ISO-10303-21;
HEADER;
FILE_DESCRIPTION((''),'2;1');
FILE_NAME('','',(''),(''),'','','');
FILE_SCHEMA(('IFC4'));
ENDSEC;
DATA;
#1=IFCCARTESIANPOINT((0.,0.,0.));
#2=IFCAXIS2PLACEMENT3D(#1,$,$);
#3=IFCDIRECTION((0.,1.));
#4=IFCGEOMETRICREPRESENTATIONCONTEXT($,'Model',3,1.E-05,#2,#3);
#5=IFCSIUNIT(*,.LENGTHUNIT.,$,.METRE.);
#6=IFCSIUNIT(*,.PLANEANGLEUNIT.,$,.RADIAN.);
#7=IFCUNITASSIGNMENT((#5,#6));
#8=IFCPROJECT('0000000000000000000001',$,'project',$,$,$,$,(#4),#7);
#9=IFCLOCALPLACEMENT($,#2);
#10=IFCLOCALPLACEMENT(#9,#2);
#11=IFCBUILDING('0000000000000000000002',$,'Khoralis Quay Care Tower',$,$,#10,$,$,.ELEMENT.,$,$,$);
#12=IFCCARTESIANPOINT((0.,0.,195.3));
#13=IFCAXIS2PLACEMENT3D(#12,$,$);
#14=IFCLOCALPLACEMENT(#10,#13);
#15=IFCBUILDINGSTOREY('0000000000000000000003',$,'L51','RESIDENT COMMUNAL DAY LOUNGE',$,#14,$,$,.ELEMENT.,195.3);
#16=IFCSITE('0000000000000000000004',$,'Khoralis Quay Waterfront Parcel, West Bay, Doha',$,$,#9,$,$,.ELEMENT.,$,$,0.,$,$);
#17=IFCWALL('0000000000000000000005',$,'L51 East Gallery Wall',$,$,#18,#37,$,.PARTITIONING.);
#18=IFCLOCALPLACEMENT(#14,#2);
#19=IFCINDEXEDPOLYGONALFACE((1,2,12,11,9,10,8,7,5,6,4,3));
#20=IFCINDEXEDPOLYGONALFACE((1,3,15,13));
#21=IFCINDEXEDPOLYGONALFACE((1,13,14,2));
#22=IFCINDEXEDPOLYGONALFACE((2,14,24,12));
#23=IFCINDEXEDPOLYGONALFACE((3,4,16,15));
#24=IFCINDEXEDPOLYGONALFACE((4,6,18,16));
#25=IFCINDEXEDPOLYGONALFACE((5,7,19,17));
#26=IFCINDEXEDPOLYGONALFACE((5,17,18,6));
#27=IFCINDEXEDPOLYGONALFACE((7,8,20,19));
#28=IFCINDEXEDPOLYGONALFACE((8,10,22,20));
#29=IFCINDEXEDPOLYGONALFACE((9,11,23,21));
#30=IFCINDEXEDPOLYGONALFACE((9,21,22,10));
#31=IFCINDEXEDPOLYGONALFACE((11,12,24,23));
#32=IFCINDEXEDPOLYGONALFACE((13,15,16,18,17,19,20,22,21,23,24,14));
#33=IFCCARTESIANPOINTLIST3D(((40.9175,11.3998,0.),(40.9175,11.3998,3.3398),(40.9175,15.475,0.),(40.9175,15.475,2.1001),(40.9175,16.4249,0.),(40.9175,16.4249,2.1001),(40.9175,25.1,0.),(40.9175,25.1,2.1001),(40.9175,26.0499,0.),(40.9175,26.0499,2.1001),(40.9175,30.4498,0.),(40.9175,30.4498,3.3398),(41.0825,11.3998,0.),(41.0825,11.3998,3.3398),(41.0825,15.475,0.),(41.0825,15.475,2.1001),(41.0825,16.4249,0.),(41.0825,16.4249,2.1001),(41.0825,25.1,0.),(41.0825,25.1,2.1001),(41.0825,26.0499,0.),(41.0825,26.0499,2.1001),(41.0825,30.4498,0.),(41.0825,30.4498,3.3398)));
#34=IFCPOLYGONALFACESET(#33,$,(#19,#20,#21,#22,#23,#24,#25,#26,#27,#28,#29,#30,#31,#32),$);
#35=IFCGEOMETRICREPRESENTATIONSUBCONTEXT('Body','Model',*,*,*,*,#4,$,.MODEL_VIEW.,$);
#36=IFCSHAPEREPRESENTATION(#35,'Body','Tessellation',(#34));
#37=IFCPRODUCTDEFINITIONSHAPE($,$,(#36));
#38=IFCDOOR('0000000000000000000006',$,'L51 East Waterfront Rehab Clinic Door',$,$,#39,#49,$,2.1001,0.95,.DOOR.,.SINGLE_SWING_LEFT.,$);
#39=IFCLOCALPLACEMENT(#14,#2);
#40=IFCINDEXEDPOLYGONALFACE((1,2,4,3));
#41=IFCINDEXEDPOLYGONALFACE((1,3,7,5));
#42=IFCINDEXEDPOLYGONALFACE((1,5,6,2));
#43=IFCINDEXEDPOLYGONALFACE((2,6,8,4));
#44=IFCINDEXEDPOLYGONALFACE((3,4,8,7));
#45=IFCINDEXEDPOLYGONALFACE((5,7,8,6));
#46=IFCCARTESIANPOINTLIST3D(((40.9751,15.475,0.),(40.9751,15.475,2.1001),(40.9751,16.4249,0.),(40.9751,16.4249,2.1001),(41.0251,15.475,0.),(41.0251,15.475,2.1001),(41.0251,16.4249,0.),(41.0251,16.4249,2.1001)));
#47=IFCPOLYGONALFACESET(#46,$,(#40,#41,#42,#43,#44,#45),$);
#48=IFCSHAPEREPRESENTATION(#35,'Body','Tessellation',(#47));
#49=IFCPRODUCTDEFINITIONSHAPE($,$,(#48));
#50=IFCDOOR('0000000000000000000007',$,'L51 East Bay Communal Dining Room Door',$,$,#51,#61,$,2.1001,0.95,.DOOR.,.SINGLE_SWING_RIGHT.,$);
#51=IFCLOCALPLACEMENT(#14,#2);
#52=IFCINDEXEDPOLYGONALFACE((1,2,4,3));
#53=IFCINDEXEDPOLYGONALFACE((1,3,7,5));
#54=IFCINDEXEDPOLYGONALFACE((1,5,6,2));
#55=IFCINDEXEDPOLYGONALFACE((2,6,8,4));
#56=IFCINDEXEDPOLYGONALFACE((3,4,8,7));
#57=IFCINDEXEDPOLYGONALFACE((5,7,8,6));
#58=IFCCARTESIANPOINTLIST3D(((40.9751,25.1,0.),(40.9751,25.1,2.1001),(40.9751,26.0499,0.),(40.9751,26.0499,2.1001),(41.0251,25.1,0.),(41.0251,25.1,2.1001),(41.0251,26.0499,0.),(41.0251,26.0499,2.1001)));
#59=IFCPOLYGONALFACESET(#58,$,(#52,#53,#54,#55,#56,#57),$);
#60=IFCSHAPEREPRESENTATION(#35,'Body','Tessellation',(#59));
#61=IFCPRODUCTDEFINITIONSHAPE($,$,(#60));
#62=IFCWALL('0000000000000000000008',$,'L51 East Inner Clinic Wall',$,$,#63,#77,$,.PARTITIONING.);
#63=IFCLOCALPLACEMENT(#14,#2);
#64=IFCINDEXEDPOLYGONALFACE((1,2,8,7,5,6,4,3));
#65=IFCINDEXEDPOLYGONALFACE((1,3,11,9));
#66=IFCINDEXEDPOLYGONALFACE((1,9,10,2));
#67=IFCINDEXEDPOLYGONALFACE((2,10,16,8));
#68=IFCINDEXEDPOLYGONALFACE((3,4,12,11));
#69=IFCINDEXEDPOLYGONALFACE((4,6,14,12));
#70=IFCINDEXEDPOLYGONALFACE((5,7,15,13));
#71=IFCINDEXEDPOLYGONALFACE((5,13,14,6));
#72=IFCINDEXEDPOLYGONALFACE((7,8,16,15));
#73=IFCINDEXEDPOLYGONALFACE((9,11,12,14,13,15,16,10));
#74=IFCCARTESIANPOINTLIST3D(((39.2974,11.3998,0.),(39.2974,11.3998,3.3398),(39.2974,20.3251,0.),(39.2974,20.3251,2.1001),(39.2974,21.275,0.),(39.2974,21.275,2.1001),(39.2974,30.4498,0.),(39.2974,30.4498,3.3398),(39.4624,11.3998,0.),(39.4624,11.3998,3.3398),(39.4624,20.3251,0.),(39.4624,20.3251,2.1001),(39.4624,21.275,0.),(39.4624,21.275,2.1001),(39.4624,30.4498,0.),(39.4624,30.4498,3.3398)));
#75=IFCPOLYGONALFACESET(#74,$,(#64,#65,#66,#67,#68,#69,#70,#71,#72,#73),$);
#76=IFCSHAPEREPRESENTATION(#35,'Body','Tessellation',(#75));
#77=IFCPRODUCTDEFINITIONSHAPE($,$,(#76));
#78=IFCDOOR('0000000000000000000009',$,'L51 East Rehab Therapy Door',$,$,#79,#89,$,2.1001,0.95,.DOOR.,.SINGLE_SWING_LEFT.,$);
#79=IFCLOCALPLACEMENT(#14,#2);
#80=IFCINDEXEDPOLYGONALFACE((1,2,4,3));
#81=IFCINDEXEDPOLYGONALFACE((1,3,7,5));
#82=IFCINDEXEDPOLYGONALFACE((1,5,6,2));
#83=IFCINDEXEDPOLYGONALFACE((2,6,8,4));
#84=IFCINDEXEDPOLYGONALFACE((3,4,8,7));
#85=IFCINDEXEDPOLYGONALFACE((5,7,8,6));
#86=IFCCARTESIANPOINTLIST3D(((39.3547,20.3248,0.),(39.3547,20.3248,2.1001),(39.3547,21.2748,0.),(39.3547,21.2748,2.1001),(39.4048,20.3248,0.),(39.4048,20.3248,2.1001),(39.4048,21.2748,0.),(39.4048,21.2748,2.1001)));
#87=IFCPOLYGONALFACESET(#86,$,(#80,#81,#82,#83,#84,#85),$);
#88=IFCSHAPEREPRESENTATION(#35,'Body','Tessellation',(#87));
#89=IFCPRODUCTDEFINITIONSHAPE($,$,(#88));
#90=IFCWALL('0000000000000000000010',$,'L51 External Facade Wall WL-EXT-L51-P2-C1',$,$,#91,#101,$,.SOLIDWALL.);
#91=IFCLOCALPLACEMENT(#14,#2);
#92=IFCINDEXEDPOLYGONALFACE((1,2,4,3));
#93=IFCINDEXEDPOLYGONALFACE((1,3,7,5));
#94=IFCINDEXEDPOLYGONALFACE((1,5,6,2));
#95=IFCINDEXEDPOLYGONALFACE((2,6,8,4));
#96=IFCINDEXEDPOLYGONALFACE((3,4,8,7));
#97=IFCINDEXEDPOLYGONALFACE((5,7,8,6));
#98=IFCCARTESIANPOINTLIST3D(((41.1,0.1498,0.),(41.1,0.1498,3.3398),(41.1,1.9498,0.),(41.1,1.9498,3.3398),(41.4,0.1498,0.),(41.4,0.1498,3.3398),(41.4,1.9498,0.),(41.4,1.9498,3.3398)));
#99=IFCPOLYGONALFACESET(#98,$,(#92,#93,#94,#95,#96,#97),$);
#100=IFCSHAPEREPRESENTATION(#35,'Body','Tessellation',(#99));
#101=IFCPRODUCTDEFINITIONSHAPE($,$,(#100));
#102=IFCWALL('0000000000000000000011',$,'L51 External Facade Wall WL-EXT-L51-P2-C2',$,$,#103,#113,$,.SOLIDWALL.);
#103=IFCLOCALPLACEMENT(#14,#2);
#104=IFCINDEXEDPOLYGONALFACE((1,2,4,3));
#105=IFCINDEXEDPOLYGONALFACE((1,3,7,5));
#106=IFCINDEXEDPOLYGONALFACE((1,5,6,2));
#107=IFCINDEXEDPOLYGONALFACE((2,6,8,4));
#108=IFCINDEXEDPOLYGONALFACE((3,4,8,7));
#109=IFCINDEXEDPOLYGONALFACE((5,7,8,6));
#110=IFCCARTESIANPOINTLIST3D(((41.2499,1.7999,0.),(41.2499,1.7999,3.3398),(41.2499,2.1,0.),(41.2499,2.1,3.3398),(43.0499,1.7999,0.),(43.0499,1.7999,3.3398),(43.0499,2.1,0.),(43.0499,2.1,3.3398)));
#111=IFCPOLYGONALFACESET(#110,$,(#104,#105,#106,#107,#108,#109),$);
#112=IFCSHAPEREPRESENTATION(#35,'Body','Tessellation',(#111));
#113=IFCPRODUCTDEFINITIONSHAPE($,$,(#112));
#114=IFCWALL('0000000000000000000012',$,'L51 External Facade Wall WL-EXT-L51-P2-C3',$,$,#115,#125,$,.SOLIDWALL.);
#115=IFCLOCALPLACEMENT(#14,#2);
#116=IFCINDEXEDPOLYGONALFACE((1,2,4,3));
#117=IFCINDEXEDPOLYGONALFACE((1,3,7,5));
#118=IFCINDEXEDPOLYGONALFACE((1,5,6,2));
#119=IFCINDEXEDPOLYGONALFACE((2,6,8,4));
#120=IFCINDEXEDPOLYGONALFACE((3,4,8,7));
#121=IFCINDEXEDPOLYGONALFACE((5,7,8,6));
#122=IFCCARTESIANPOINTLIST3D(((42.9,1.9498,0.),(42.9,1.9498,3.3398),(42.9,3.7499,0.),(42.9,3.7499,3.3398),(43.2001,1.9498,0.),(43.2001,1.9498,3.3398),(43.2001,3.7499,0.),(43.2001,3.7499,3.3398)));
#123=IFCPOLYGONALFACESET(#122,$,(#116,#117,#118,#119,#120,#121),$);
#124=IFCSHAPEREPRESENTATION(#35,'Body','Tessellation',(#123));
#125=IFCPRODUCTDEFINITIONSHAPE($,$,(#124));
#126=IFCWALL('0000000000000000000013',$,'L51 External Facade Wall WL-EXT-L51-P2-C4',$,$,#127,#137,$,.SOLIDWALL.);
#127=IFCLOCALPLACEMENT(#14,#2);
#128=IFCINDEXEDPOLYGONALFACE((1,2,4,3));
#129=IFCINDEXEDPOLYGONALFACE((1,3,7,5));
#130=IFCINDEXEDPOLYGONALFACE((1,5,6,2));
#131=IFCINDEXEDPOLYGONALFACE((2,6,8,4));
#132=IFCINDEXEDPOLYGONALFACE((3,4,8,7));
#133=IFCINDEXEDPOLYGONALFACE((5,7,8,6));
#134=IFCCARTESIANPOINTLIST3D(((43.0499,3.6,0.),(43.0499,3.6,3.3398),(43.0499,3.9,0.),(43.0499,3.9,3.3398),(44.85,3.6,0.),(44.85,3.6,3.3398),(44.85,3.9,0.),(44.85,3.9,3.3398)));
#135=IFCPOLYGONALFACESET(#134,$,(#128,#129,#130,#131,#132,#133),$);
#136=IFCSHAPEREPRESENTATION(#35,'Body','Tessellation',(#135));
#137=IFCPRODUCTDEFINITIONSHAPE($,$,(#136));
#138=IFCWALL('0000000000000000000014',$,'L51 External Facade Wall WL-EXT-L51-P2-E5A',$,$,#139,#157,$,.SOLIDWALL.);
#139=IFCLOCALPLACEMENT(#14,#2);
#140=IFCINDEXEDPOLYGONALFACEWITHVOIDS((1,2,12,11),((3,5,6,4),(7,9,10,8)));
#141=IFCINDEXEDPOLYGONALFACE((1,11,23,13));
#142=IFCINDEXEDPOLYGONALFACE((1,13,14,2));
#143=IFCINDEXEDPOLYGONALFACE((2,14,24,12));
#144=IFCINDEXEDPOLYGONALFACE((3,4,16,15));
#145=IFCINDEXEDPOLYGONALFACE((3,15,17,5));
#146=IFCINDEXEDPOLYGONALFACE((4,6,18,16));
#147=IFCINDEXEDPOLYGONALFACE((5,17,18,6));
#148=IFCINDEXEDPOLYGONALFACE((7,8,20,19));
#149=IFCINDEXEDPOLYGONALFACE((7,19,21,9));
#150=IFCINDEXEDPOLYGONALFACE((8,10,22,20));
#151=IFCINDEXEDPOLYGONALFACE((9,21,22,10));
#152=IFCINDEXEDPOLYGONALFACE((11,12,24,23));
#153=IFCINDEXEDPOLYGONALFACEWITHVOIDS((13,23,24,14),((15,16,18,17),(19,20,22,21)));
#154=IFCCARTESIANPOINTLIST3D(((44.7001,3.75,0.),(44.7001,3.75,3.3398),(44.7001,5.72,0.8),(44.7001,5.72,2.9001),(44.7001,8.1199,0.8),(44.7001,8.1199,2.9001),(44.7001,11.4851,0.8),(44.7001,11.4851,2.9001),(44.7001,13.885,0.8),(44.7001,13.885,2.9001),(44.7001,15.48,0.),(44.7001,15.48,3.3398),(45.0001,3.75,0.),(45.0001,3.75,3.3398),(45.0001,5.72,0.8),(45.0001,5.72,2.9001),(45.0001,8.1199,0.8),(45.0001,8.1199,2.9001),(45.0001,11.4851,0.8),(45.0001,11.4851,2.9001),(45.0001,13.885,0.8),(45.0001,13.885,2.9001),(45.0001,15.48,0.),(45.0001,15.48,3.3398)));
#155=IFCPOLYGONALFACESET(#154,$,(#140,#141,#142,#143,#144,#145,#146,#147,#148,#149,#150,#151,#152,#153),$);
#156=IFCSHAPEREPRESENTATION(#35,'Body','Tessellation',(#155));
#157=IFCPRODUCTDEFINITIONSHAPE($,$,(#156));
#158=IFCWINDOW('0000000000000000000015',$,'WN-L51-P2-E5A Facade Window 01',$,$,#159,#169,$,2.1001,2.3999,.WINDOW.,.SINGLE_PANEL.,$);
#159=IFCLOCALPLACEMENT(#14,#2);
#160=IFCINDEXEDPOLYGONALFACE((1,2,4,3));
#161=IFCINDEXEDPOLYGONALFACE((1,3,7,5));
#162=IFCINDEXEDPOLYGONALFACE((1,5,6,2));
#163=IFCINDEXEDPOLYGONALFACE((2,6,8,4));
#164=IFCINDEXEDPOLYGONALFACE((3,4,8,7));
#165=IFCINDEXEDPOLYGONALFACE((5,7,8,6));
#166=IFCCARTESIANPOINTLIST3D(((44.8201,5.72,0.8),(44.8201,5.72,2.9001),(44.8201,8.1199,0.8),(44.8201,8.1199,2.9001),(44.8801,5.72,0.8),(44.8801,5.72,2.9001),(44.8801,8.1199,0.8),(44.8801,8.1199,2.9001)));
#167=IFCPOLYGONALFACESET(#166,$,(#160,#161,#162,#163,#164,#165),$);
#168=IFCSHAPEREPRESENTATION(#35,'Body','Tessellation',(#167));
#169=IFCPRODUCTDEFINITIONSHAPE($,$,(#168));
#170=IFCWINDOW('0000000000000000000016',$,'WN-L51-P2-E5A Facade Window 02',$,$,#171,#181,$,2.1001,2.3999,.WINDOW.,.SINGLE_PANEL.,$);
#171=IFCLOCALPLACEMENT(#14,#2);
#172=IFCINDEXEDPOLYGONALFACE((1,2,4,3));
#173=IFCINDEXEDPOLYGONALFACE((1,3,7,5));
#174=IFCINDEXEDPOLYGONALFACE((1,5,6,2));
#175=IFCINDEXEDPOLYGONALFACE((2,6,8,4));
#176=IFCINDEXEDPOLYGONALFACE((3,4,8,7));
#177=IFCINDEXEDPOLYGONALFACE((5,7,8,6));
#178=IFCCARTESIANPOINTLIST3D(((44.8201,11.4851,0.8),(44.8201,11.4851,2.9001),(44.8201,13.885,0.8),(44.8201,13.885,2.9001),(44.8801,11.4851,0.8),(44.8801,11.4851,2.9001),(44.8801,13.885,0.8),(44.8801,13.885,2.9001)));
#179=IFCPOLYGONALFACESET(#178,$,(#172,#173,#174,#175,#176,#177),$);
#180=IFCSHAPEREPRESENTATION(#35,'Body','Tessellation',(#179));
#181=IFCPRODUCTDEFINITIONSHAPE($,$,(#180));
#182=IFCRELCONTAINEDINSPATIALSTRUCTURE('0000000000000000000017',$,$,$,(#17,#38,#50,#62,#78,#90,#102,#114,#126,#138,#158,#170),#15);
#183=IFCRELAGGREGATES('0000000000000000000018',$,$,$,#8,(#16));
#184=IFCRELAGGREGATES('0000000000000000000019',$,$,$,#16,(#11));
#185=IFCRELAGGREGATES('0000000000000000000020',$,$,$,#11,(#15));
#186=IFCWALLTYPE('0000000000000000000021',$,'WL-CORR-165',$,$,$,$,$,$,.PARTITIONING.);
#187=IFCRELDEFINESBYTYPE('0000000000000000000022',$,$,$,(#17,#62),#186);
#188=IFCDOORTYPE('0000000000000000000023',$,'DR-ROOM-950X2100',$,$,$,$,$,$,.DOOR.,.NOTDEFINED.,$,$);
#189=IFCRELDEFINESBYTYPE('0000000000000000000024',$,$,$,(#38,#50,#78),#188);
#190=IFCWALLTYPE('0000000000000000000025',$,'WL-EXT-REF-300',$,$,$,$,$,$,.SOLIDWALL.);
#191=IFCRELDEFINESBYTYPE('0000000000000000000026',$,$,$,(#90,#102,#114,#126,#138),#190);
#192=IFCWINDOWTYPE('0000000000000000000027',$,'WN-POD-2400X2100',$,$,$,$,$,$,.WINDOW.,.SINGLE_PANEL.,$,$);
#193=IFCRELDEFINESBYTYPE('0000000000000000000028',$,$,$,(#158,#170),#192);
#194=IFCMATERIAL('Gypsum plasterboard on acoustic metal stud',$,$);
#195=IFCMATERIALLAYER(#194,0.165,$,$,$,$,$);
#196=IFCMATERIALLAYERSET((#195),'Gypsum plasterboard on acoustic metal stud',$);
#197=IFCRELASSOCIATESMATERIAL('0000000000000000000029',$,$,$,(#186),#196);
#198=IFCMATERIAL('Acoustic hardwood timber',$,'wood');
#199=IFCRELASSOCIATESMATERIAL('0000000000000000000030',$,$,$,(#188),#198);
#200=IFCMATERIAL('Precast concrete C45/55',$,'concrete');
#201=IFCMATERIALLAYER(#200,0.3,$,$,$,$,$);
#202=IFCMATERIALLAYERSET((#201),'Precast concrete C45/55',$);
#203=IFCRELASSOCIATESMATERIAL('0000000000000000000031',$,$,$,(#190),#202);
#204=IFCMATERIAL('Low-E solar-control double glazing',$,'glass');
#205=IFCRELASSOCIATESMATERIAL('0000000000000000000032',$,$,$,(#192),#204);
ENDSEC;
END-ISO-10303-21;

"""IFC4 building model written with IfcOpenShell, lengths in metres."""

from ifc_helpers import new_model, si_unit, direction, frame, frame_2d, origin, place, context, subcontext, project, spatial, rectangle, extrude, source, transform, mapped, material, layer, layer_set, type_object, element, fill, save


model = new_model("IFC4")

# Units and contexts
model_context = context("Model", 3, precision=1e-05, world=origin(), true_north=direction((0.0, 1.0)))
body_context = subcontext(model_context, "Body", "Model", "MODEL_VIEW")
ifc_project = project(units=[si_unit("LENGTHUNIT", "METRE"), si_unit("PLANEANGLEUNIT", "RADIAN")], contexts=[model_context])

# Site, building, storey
site_placement = place(None, origin())
site = spatial("IfcSite", under=ifc_project, at=site_placement, Name="Khoralis Quay Waterfront Parcel, West Bay, Doha", CompositionType="ELEMENT", RefElevation=0.0)
building_placement = place(site_placement, origin())
building = spatial("IfcBuilding", under=site, at=building_placement, Name="Khoralis Quay Care Tower", CompositionType="ELEMENT")
storey_placement = place(building_placement, frame((0.0, 0.0, 195.3)))
storey = spatial("IfcBuildingStorey", under=building, at=storey_placement, Name="L51", Description="RESIDENT COMMUNAL DAY LOUNGE", CompositionType="ELEMENT", Elevation=195.3)

# Shared definitions
ifc_material_1 = material(Name="Gypsum plasterboard on acoustic metal stud")

# Wall, openings, doors
ifc_layer_1 = layer(ifc_material_1, 0.165)
ifc_layer_set_1 = layer_set([ifc_layer_1], Name="Gypsum plasterboard on acoustic metal stud")
wall_type_1 = type_object("IfcWallType", Name="WL-CORR-165", PredefinedType="PARTITIONING", material=ifc_layer_set_1)
wall_1_placement = place(storey_placement, frame((41.0, 11.3999, 0.0), z_axis=(0.0, 0.0, 1.0), x_axis=(0.0, 1.0, 0.0)))
wall_1 = element("IfcWall", 1, at=wall_1_placement, inside=storey, type_object=wall_type_1, Name="L51 East Gallery Wall", PredefinedType="PARTITIONING", context=body_context, shape_type="SweptSolid", body=[
    extrude(rectangle(XDim=19.05, YDim=0.165, at=frame_2d((9.5249, 0.0))), origin(), (0.0, 0.0, 1.0), 3.3398),
])
opening_1_placement = place(wall_1_placement, frame((4.075, 0.0, 0.0)))
opening_1 = element("IfcOpeningElement", 2, at=opening_1_placement, cuts=wall_1, PredefinedType="OPENING", context=body_context, shape_type="SweptSolid", body=[
    extrude(rectangle(XDim=0.95, YDim=2.1001, at=frame_2d((0.4751, 1.05))), frame((0.0, 0.0925, 0.0), z_axis=(0.0, -1.0, 0.0), x_axis=(1.0, 0.0, 0.0)), (0.0, 0.0, 1.0), 0.1851),
])
opening_2_placement = place(wall_1_placement, frame((13.7, 0.0, 0.0)))
opening_2 = element("IfcOpeningElement", 3, at=opening_2_placement, cuts=wall_1, PredefinedType="OPENING", context=body_context, shape_type="SweptSolid", body=[
    extrude(rectangle(XDim=0.95, YDim=2.1001, at=frame_2d((0.4751, 1.05))), frame((0.0, 0.0925, 0.0), z_axis=(0.0, -1.0, 0.0), x_axis=(1.0, 0.0, 0.0)), (0.0, 0.0, 1.0), 0.1851),
])
ifc_material_2 = material(Name="Acoustic hardwood timber", Category="wood")
door_type_1 = type_object("IfcDoorType", Name="DR-ROOM-950X2100", OperationType="NOTDEFINED", PredefinedType="DOOR", material=ifc_material_2)
shared_shape_1 = source(origin(), body_context, "Body", "SweptSolid", [
    extrude(rectangle(XDim=0.95, YDim=2.1001, at=frame_2d((0.4751, 1.05))), frame((0.0, 0.0249, 0.0), z_axis=(0.0, -1.0, 0.0), x_axis=(1.0, 0.0, 0.0)), (0.0, 0.0, 1.0), 0.05),
])
door_1_placement = place(opening_1_placement, origin())
door_1 = element("IfcDoor", 4, at=door_1_placement, inside=storey, type_object=door_type_1, Name="L51 East Waterfront Rehab Clinic Door", OperationType="SINGLE_SWING_LEFT", OverallHeight=2.1001, OverallWidth=0.95, PredefinedType="DOOR", context=body_context, shape_type="MappedRepresentation", body=[
    mapped(shared_shape_1, transform((0.0, 0.0, 0.0), scale=1.0)),
])
fill(opening_1, door_1)
door_2_placement = place(opening_2_placement, origin())
door_2 = element("IfcDoor", 5, at=door_2_placement, inside=storey, type_object=door_type_1, Name="L51 East Bay Communal Dining Room Door", OperationType="SINGLE_SWING_RIGHT", OverallHeight=2.1001, OverallWidth=0.95, PredefinedType="DOOR", context=body_context, shape_type="MappedRepresentation", body=[
    mapped(shared_shape_1, transform((0.0, 0.0, 0.0), scale=1.0)),
])
fill(opening_2, door_2)

# Wall, opening, door
wall_2_placement = place(storey_placement, frame((39.3799, 11.3999, 0.0), z_axis=(0.0, 0.0, 1.0), x_axis=(0.0, 1.0, 0.0)))
wall_2 = element("IfcWall", 6, at=wall_2_placement, inside=storey, type_object=wall_type_1, Name="L51 East Inner Clinic Wall", PredefinedType="PARTITIONING", context=body_context, shape_type="SweptSolid", body=[
    extrude(rectangle(XDim=19.05, YDim=0.165, at=frame_2d((9.5249, 0.0))), origin(), (0.0, 0.0, 1.0), 3.3398),
])
opening_3_placement = place(wall_2_placement, frame((8.925, 0.0, 0.0)))
opening_3 = element("IfcOpeningElement", 7, at=opening_3_placement, cuts=wall_2, PredefinedType="OPENING", context=body_context, shape_type="SweptSolid", body=[
    extrude(rectangle(XDim=0.95, YDim=2.1001, at=frame_2d((0.4751, 1.05))), frame((0.0, 0.0925, 0.0), z_axis=(0.0, -1.0, 0.0), x_axis=(1.0, 0.0, 0.0)), (0.0, 0.0, 1.0), 0.1851),
])
door_3_placement = place(opening_3_placement, frame((0.95, 0.0, 0.0), z_axis=(0.0, 0.0, 1.0), x_axis=(-1.0, 0.0, 0.0)))
door_3 = element("IfcDoor", 8, at=door_3_placement, inside=storey, type_object=door_type_1, Name="L51 East Rehab Therapy Door", OperationType="SINGLE_SWING_LEFT", OverallHeight=2.1001, OverallWidth=0.95, PredefinedType="DOOR", context=body_context, shape_type="MappedRepresentation", body=[
    mapped(shared_shape_1, transform((0.0, 0.0, 0.0), scale=1.0)),
])
fill(opening_3, door_3)

# Walls
ifc_material_3 = material(Name="Precast concrete C45/55", Category="concrete")
ifc_layer_2 = layer(ifc_material_3, 0.3)
ifc_layer_set_2 = layer_set([ifc_layer_2], Name="Precast concrete C45/55")
wall_type_2 = type_object("IfcWallType", Name="WL-EXT-REF-300", PredefinedType="SOLIDWALL", material=ifc_layer_set_2)
for number, where, z_axis, x_axis, name in (
    (9, (41.25, 0.1499, 0.0), (0.0, 0.0, 1.0), (0.0, 1.0, 0.0), "L51 External Facade Wall WL-EXT-L51-P2-C1"),
    (10, (41.25, 1.95, 0.0), (0.0, 0.0, 1.0), (1.0, 0.0, 0.0), "L51 External Facade Wall WL-EXT-L51-P2-C2"),
    (11, (43.05, 1.95, 0.0), (0.0, 0.0, 1.0), (0.0, 1.0, 0.0), "L51 External Facade Wall WL-EXT-L51-P2-C3"),
    (12, (43.05, 3.75, 0.0), (0.0, 0.0, 1.0), (1.0, 0.0, 0.0), "L51 External Facade Wall WL-EXT-L51-P2-C4"),
):
    element("IfcWall", number, at=place(storey_placement, frame(where, z_axis=z_axis, x_axis=x_axis)), inside=storey, type_object=wall_type_2, Name=name, PredefinedType="SOLIDWALL", context=body_context, shape_type="SweptSolid", body=[
        extrude(rectangle(XDim=1.8, YDim=0.3, at=frame_2d((0.8999, 0.0))), origin(), (0.0, 0.0, 1.0), 3.3398),
    ])

# Wall, openings, windows
wall_3_placement = place(storey_placement, frame((44.8501, 3.75, 0.0), z_axis=(0.0, 0.0, 1.0), x_axis=(0.0, 1.0, 0.0)))
wall_3 = element("IfcWall", 13, at=wall_3_placement, inside=storey, type_object=wall_type_2, Name="L51 External Facade Wall WL-EXT-L51-P2-E5A", PredefinedType="SOLIDWALL", context=body_context, shape_type="SweptSolid", body=[
    extrude(rectangle(XDim=11.73, YDim=0.3, at=frame_2d((5.865, 0.0))), origin(), (0.0, 0.0, 1.0), 3.3398),
])
opening_4_placement = place(wall_3_placement, frame((1.97, 0.0, 0.8)))
opening_4 = element("IfcOpeningElement", 14, at=opening_4_placement, cuts=wall_3, PredefinedType="OPENING", context=body_context, shape_type="SweptSolid", body=[
    extrude(rectangle(XDim=2.3999, YDim=2.1001, at=frame_2d((1.2, 1.05))), frame((0.0, 0.1602, 0.0), z_axis=(0.0, -1.0, 0.0), x_axis=(1.0, 0.0, 0.0)), (0.0, 0.0, 1.0), 0.3201),
])
opening_5_placement = place(wall_3_placement, frame((7.7351, 0.0, 0.8)))
opening_5 = element("IfcOpeningElement", 15, at=opening_5_placement, cuts=wall_3, PredefinedType="OPENING", context=body_context, shape_type="SweptSolid", body=[
    extrude(rectangle(XDim=2.3999, YDim=2.1001, at=frame_2d((1.2, 1.05))), frame((0.0, 0.1602, 0.0), z_axis=(0.0, -1.0, 0.0), x_axis=(1.0, 0.0, 0.0)), (0.0, 0.0, 1.0), 0.3201),
])
ifc_material_4 = material(Name="Low-E solar-control double glazing", Category="glass")
window_type = type_object("IfcWindowType", Name="WN-POD-2400X2100", PartitioningType="SINGLE_PANEL", PredefinedType="WINDOW", material=ifc_material_4)
shared_shape_2 = source(origin(), body_context, "Body", "SweptSolid", [
    extrude(rectangle(XDim=2.3999, YDim=2.1001, at=frame_2d((1.2, 1.05))), frame((0.0, 0.03, 0.0), z_axis=(0.0, -1.0, 0.0), x_axis=(1.0, 0.0, 0.0)), (0.0, 0.0, 1.0), 0.0601),
])
window_1_placement = place(opening_4_placement, origin())
window_1 = element("IfcWindow", 16, at=window_1_placement, inside=storey, type_object=window_type, Name="WN-L51-P2-E5A Facade Window 01", OverallHeight=2.1001, OverallWidth=2.3999, PartitioningType="SINGLE_PANEL", PredefinedType="WINDOW", context=body_context, shape_type="MappedRepresentation", body=[
    mapped(shared_shape_2, transform((0.0, 0.0, 0.0), scale=1.0)),
])
fill(opening_4, window_1)
window_2_placement = place(opening_5_placement, origin())
window_2 = element("IfcWindow", 17, at=window_2_placement, inside=storey, type_object=window_type, Name="WN-L51-P2-E5A Facade Window 02", OverallHeight=2.1001, OverallWidth=2.3999, PartitioningType="SINGLE_PANEL", PredefinedType="WINDOW", context=body_context, shape_type="MappedRepresentation", body=[
    mapped(shared_shape_2, transform((0.0, 0.0, 0.0), scale=1.0)),
])
fill(opening_5, window_2)

save(model, "model.ifc")
